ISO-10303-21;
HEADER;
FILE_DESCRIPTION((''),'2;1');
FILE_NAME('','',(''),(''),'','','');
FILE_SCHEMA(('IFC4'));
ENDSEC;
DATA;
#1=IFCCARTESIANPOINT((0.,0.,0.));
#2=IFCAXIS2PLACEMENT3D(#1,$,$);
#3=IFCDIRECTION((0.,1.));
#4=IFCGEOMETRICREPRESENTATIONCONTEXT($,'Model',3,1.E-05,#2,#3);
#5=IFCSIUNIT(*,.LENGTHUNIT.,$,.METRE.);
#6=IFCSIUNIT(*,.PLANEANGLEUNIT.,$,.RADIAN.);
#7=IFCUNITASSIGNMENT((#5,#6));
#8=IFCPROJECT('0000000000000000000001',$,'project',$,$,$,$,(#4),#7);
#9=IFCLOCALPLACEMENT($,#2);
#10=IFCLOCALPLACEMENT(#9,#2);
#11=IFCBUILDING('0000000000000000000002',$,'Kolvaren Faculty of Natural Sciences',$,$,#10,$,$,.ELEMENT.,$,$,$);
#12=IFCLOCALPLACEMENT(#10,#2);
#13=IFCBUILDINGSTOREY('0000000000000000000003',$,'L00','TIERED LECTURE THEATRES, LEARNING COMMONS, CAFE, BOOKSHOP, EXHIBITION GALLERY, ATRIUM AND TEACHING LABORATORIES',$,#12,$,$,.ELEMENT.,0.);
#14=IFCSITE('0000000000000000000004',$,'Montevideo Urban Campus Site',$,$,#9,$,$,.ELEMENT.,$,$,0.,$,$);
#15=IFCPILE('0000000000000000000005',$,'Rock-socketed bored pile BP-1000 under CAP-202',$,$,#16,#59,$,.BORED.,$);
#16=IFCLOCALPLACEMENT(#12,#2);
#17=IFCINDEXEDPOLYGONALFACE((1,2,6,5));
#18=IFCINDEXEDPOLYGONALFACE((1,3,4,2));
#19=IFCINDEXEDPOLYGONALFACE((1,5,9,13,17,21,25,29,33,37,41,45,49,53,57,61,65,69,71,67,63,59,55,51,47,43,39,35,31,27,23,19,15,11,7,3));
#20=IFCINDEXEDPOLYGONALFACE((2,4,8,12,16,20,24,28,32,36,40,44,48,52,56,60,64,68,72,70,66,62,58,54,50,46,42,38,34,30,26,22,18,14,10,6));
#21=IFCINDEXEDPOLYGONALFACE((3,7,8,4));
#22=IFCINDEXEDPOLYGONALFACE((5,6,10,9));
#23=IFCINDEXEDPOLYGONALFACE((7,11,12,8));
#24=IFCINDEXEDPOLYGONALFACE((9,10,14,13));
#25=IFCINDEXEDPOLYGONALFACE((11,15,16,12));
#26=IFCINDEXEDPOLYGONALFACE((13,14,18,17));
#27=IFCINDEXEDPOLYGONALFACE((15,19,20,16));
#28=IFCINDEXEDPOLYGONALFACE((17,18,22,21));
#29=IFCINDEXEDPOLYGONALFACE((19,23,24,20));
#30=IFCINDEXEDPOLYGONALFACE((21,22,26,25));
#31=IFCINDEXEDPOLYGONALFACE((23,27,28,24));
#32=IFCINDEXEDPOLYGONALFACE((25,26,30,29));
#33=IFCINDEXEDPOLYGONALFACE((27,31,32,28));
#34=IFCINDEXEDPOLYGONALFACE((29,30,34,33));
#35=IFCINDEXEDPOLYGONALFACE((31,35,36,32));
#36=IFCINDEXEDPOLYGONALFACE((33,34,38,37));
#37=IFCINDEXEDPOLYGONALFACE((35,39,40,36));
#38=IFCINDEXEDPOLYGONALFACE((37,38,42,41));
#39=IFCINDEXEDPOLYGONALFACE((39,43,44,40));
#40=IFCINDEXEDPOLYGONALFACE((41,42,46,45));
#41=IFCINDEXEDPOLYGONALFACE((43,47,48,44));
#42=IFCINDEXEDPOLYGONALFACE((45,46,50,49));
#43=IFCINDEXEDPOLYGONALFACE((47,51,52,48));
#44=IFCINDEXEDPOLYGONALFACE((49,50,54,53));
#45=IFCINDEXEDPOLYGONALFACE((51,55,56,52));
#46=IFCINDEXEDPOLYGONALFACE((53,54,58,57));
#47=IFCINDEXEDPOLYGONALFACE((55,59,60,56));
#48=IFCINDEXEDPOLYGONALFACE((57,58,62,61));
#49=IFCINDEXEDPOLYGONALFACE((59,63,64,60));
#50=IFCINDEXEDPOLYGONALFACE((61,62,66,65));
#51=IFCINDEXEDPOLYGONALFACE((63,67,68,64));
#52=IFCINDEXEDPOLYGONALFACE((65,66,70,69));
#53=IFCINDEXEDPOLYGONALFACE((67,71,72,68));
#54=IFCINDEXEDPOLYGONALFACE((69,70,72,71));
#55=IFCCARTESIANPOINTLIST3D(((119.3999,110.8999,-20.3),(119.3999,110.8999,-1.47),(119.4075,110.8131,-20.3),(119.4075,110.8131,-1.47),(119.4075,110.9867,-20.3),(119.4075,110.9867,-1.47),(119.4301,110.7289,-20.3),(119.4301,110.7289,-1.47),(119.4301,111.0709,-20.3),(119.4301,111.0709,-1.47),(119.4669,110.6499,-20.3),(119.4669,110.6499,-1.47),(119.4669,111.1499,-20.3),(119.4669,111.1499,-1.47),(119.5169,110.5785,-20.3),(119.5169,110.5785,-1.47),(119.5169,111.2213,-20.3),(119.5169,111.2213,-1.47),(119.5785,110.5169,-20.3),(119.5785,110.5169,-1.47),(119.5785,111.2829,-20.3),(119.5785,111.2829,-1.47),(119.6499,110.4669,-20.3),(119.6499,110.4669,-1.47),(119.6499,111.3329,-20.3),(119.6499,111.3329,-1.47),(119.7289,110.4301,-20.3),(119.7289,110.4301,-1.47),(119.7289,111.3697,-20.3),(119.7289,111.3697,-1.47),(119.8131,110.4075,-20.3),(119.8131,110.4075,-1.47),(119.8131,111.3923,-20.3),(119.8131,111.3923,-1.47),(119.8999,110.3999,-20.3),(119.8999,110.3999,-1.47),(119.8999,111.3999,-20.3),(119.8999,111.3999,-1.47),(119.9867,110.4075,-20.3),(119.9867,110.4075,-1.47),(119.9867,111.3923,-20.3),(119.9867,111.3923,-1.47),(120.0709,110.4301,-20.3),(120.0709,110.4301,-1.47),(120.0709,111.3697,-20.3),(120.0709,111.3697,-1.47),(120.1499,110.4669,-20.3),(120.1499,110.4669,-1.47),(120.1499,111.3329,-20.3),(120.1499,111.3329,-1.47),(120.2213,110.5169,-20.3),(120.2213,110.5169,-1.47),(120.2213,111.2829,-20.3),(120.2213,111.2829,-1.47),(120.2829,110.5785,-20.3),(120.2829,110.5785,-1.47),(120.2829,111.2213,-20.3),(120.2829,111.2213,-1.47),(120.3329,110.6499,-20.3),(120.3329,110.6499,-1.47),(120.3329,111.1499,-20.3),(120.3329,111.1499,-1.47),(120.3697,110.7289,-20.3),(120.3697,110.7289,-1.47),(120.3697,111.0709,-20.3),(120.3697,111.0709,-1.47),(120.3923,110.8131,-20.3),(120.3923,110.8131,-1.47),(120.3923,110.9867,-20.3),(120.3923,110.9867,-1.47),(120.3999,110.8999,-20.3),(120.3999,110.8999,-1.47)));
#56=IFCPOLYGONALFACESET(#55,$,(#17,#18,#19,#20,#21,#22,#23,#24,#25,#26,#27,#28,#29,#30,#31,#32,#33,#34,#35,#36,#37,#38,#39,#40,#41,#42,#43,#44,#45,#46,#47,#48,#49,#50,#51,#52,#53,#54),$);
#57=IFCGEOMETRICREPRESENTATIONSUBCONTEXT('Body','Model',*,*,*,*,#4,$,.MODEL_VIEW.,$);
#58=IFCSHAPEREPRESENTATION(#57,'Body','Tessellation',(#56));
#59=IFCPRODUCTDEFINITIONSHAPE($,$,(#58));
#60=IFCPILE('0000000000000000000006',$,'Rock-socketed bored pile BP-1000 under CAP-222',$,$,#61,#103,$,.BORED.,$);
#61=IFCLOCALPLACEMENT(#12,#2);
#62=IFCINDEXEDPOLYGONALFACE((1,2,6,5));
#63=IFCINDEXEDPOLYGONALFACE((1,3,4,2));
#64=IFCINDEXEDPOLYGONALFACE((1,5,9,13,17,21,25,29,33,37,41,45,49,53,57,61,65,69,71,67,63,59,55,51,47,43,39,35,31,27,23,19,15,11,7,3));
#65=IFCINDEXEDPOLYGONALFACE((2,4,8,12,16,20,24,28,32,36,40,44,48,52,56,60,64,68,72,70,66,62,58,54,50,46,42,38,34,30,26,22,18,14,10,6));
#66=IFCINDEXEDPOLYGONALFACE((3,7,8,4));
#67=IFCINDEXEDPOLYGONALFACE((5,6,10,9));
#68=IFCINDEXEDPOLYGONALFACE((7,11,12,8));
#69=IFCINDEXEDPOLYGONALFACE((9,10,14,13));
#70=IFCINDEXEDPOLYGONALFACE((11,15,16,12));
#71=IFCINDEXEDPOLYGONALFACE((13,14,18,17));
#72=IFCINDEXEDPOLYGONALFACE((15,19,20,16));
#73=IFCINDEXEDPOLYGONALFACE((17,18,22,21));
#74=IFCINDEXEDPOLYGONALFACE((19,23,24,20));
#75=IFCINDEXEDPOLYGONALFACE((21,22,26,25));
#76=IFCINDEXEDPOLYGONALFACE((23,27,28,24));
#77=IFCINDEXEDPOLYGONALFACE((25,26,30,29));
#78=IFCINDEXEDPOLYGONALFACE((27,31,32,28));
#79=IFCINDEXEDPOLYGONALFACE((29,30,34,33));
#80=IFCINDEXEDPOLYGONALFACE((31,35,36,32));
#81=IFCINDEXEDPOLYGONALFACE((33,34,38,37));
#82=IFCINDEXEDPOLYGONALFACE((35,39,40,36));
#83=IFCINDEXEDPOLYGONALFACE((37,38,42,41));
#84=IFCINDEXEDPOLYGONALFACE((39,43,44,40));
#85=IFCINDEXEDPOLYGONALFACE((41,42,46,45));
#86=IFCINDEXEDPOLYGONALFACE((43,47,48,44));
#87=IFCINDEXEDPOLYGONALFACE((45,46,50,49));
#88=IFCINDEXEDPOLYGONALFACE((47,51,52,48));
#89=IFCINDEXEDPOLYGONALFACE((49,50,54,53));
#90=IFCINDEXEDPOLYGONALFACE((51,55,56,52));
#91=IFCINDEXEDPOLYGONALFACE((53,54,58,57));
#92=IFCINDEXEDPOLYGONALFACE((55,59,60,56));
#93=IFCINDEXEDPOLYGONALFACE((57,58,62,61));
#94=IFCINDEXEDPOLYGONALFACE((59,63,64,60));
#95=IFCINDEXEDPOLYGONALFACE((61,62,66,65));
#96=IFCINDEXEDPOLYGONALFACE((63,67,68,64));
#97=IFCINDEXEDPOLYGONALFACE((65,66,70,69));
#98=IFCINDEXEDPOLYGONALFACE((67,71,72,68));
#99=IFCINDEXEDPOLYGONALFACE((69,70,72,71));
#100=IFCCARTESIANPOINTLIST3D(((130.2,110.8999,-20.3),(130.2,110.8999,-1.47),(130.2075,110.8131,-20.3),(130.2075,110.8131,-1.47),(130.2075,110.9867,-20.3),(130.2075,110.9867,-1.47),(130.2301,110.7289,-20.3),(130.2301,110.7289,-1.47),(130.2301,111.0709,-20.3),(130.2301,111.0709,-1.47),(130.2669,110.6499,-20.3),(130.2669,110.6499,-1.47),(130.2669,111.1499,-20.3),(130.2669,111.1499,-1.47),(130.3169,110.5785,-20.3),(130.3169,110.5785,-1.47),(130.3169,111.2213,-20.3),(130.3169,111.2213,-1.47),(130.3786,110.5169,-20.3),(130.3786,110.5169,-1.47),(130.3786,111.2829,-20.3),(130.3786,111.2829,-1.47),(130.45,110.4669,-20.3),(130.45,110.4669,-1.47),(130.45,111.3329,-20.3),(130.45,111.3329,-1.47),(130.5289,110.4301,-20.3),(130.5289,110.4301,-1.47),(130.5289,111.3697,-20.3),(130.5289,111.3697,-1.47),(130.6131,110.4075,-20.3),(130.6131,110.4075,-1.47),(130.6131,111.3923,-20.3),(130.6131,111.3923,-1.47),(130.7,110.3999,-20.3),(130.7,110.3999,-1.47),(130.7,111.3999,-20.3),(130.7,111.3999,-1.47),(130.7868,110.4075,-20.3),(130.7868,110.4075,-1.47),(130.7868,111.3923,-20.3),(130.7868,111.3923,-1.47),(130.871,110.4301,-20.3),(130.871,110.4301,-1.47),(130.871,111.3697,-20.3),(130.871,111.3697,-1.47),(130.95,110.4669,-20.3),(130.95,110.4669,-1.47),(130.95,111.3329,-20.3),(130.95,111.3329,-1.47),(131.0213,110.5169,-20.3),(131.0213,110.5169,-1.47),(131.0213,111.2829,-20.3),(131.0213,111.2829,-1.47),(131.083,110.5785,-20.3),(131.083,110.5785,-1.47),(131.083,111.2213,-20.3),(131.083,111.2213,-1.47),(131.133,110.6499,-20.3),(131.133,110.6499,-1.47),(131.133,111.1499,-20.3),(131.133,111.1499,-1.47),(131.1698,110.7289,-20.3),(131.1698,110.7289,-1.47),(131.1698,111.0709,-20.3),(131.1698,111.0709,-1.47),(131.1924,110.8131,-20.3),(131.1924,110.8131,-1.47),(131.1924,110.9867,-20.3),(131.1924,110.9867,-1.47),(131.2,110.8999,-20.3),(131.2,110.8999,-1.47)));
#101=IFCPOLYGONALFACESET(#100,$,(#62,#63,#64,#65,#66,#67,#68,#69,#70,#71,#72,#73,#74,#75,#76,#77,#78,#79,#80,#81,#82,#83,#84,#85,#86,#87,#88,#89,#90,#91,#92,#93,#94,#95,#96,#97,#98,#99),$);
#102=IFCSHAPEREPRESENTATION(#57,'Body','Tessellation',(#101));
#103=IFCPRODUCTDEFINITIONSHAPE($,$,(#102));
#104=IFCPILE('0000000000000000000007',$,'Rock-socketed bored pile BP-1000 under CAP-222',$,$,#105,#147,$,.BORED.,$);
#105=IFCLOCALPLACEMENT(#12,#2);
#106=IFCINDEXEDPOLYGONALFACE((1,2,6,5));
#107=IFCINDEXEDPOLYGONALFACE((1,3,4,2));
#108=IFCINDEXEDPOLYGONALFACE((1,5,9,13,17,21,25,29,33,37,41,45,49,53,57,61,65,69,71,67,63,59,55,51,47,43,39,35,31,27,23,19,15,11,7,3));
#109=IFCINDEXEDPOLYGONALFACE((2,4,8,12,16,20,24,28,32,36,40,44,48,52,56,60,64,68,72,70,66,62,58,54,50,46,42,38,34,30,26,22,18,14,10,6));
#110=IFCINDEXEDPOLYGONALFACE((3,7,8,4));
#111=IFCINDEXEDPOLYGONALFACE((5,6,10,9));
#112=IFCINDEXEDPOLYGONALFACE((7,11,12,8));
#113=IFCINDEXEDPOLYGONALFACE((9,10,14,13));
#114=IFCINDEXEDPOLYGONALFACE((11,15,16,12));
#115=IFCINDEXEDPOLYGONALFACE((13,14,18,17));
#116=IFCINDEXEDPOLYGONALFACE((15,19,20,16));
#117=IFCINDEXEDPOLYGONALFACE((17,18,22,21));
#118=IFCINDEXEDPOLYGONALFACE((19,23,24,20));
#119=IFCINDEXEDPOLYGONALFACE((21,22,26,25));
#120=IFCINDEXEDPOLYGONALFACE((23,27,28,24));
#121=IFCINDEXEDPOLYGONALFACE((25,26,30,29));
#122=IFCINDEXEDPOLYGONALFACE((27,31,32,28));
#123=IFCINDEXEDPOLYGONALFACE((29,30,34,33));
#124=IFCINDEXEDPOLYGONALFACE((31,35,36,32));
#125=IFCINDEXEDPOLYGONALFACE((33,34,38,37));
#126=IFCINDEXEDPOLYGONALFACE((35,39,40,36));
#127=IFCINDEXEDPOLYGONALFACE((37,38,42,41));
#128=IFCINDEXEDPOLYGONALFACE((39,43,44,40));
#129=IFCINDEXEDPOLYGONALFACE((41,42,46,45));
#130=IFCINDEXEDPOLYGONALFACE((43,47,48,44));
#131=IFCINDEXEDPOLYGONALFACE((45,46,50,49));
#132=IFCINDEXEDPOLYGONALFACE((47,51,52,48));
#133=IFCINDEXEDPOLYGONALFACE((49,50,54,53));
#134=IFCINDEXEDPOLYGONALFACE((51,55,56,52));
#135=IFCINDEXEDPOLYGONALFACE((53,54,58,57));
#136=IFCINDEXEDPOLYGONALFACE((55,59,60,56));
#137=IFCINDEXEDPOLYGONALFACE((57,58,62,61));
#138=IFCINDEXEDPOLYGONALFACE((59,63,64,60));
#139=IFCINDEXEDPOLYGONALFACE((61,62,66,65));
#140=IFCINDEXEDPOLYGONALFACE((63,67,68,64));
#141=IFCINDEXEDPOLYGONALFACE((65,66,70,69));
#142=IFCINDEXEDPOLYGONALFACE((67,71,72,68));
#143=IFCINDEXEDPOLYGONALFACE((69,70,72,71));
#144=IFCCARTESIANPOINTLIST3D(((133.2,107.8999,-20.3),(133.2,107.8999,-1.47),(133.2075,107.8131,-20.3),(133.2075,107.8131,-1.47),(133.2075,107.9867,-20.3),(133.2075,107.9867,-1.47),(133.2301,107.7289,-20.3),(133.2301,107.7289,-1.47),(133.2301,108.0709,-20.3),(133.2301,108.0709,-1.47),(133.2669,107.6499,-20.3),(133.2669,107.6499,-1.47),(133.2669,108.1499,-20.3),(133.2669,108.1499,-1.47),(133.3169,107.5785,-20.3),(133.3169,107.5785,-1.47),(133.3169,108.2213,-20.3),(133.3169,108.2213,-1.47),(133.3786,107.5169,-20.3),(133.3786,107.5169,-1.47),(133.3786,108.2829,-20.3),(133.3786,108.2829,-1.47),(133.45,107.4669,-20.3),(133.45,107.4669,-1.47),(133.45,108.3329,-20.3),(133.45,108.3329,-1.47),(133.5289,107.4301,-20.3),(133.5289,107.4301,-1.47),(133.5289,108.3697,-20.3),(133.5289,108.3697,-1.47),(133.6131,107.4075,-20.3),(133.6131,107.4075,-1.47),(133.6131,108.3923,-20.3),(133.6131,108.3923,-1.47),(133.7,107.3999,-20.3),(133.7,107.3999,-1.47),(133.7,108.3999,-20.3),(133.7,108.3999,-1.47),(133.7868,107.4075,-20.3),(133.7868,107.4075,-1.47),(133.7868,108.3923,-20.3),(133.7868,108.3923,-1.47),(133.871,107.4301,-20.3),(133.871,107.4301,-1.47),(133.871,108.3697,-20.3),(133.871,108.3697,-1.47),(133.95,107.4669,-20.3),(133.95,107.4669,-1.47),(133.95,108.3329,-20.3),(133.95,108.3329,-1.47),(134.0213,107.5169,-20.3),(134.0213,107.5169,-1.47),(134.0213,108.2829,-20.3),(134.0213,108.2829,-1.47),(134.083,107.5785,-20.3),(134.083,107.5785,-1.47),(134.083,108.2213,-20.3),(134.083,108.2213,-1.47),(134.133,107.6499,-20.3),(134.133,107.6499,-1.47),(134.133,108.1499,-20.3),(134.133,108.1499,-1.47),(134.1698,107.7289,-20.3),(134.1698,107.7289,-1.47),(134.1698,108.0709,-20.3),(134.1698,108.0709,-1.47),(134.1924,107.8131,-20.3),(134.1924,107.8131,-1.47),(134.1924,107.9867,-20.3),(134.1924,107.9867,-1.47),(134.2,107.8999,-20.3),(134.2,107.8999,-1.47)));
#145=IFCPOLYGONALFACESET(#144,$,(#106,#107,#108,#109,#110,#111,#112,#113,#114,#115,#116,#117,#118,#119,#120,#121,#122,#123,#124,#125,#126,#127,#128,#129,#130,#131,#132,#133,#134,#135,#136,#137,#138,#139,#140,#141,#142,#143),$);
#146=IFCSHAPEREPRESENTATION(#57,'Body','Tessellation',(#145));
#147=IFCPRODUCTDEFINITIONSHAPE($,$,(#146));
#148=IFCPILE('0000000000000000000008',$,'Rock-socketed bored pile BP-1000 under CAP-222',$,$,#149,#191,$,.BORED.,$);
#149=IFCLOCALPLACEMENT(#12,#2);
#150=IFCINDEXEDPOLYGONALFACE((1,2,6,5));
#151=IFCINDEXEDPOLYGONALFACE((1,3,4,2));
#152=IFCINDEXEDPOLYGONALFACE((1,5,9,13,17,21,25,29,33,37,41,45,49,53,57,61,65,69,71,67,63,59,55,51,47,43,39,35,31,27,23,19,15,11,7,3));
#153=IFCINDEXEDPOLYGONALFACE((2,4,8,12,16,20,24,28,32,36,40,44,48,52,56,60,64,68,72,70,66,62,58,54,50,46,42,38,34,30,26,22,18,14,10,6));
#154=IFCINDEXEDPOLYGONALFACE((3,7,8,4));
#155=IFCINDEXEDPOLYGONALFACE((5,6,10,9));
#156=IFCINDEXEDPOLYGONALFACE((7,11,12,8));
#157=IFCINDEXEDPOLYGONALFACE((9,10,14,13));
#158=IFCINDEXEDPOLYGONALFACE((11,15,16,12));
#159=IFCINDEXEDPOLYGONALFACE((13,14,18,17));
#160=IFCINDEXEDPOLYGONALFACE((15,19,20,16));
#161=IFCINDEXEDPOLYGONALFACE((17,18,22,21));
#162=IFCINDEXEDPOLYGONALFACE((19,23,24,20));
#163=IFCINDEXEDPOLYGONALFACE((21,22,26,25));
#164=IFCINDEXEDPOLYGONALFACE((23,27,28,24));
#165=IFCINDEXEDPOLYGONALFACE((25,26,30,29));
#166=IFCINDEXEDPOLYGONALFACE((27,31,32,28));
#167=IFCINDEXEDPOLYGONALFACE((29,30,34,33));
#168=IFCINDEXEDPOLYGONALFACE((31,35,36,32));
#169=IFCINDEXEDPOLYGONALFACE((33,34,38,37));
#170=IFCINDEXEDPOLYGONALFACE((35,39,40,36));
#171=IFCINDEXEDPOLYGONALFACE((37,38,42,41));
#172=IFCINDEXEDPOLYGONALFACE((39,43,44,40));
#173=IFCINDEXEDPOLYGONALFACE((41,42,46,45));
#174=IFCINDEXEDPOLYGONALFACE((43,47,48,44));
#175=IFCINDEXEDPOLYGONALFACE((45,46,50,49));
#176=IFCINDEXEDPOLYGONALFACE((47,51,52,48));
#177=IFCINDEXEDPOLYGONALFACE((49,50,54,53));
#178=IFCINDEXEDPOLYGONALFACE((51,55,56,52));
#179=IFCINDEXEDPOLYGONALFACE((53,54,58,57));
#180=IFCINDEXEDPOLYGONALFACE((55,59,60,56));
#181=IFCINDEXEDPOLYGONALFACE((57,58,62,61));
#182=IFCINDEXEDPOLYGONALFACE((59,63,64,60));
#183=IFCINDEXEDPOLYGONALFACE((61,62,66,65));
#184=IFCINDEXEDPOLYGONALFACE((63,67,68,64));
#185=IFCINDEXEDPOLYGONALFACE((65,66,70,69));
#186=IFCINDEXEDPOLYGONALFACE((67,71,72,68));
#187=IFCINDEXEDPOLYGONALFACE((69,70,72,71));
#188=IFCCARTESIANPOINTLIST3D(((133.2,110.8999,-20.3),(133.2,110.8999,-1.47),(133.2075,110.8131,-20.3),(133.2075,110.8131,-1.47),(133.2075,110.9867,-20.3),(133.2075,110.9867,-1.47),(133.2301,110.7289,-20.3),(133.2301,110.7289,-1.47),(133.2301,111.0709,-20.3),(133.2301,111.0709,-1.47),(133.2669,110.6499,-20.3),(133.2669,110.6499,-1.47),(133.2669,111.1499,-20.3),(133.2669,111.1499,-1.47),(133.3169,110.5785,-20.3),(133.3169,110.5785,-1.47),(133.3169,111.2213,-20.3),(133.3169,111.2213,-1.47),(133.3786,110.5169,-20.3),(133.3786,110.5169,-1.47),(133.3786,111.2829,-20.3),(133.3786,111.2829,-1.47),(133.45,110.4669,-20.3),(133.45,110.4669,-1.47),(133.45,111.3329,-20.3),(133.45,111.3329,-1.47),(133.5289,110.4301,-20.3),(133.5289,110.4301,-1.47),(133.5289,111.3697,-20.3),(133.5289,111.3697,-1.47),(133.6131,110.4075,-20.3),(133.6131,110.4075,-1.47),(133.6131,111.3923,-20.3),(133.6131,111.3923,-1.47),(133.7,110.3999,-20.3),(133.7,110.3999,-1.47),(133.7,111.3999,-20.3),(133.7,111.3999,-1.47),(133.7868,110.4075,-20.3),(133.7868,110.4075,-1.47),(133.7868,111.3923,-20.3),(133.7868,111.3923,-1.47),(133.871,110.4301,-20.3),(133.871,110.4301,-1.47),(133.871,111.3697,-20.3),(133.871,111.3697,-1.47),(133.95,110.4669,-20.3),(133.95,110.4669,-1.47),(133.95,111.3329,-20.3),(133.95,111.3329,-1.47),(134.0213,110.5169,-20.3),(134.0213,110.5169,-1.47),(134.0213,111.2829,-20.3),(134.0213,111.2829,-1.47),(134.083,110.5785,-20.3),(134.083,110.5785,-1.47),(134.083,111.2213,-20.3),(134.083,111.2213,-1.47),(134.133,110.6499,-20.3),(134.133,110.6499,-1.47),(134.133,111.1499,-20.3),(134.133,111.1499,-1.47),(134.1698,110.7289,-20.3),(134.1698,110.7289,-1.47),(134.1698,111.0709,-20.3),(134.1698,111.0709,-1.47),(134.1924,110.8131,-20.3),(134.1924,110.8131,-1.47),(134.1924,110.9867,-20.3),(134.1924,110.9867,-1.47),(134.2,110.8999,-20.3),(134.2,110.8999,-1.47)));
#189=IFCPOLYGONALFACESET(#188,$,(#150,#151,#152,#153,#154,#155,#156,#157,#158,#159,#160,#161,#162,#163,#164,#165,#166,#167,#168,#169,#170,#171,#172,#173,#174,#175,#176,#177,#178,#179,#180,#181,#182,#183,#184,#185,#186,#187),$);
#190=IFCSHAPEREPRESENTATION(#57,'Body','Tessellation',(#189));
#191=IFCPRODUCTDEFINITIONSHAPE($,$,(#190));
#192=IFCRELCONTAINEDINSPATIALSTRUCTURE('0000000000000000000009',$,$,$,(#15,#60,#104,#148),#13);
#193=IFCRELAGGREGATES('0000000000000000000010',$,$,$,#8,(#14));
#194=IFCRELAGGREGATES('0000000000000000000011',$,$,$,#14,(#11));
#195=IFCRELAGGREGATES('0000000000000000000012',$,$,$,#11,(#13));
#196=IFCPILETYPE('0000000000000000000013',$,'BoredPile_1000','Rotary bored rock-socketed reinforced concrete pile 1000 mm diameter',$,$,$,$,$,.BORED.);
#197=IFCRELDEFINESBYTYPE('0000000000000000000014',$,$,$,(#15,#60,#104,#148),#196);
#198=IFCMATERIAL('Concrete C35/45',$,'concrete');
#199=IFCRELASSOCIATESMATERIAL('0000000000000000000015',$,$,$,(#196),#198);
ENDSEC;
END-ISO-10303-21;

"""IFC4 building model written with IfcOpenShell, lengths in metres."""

from ifc_helpers import new_model, si_unit, direction, frame, origin, origin_2d, place, context, subcontext, project, spatial, circle, extrude, material, material_profile, profile_set, type_object, element, save


model = new_model("IFC4")

# Units and contexts
model_context = context("Model", 3, precision=1e-05, world=origin(), true_north=direction((0.0, 1.0)))
body_context = subcontext(model_context, "Body", "Model", "MODEL_VIEW")
ifc_project = project(units=[si_unit("LENGTHUNIT", "METRE"), si_unit("PLANEANGLEUNIT", "RADIAN")], contexts=[model_context])

# Site, building, storey
site_placement = place(None, origin())
site = spatial("IfcSite", under=ifc_project, at=site_placement, Name="Montevideo Urban Campus Site", CompositionType="ELEMENT", RefElevation=0.0)
building_placement = place(site_placement, origin())
building = spatial("IfcBuilding", under=site, at=building_placement, Name="Kolvaren Faculty of Natural Sciences", CompositionType="ELEMENT")
storey_placement = place(building_placement, origin())
storey = spatial("IfcBuildingStorey", under=building, at=storey_placement, Name="L00", Description="TIERED LECTURE THEATRES, LEARNING COMMONS, CAFE, BOOKSHOP, EXHIBITION GALLERY, ATRIUM AND TEACHING LABORATORIES", CompositionType="ELEMENT", Elevation=0.0)

# Piles
ifc_material_1 = material(Name="Concrete C35/45", Category="concrete")
ifc_material_profile_1 = material_profile(ifc_material_1, circle(Radius=0.5, at=origin_2d()), Name="PILE D1000")
ifc_profile_set_1 = profile_set([ifc_material_profile_1], Name="Concrete C35/45")
pile_type_1 = type_object("IfcPileType", Name="BoredPile_1000", Description="Rotary bored rock-socketed reinforced concrete pile 1000 mm diameter", PredefinedType="BORED", material=ifc_profile_set_1)
for number, where, z_axis, x_axis, name in (
    (1, (119.8999, 110.8999, -1.47), (0.0, 0.0, -1.0), (1.0, 0.0, 0.0), "Rock-socketed bored pile BP-1000 under CAP-202"),
    (2, (130.7, 110.8999, -1.47), (0.0, 0.0, -1.0), (1.0, 0.0, 0.0), "Rock-socketed bored pile BP-1000 under CAP-222"),
    (3, (133.7, 107.8999, -1.47), (0.0, 0.0, -1.0), (1.0, 0.0, 0.0), "Rock-socketed bored pile BP-1000 under CAP-222"),
    (4, (133.7, 110.8999, -1.47), (0.0, 0.0, -1.0), (1.0, 0.0, 0.0), "Rock-socketed bored pile BP-1000 under CAP-222"),
):
    element("IfcPile", number, at=place(storey_placement, frame(where, z_axis=z_axis, x_axis=x_axis)), inside=storey, type_object=pile_type_1, Name=name, PredefinedType="BORED", context=body_context, shape_type="SweptSolid", body=[
        extrude(circle(Radius=0.5, at=origin_2d()), origin(), (0.0, 0.0, 1.0), 18.8301),
    ])

save(model, "model.ifc")
